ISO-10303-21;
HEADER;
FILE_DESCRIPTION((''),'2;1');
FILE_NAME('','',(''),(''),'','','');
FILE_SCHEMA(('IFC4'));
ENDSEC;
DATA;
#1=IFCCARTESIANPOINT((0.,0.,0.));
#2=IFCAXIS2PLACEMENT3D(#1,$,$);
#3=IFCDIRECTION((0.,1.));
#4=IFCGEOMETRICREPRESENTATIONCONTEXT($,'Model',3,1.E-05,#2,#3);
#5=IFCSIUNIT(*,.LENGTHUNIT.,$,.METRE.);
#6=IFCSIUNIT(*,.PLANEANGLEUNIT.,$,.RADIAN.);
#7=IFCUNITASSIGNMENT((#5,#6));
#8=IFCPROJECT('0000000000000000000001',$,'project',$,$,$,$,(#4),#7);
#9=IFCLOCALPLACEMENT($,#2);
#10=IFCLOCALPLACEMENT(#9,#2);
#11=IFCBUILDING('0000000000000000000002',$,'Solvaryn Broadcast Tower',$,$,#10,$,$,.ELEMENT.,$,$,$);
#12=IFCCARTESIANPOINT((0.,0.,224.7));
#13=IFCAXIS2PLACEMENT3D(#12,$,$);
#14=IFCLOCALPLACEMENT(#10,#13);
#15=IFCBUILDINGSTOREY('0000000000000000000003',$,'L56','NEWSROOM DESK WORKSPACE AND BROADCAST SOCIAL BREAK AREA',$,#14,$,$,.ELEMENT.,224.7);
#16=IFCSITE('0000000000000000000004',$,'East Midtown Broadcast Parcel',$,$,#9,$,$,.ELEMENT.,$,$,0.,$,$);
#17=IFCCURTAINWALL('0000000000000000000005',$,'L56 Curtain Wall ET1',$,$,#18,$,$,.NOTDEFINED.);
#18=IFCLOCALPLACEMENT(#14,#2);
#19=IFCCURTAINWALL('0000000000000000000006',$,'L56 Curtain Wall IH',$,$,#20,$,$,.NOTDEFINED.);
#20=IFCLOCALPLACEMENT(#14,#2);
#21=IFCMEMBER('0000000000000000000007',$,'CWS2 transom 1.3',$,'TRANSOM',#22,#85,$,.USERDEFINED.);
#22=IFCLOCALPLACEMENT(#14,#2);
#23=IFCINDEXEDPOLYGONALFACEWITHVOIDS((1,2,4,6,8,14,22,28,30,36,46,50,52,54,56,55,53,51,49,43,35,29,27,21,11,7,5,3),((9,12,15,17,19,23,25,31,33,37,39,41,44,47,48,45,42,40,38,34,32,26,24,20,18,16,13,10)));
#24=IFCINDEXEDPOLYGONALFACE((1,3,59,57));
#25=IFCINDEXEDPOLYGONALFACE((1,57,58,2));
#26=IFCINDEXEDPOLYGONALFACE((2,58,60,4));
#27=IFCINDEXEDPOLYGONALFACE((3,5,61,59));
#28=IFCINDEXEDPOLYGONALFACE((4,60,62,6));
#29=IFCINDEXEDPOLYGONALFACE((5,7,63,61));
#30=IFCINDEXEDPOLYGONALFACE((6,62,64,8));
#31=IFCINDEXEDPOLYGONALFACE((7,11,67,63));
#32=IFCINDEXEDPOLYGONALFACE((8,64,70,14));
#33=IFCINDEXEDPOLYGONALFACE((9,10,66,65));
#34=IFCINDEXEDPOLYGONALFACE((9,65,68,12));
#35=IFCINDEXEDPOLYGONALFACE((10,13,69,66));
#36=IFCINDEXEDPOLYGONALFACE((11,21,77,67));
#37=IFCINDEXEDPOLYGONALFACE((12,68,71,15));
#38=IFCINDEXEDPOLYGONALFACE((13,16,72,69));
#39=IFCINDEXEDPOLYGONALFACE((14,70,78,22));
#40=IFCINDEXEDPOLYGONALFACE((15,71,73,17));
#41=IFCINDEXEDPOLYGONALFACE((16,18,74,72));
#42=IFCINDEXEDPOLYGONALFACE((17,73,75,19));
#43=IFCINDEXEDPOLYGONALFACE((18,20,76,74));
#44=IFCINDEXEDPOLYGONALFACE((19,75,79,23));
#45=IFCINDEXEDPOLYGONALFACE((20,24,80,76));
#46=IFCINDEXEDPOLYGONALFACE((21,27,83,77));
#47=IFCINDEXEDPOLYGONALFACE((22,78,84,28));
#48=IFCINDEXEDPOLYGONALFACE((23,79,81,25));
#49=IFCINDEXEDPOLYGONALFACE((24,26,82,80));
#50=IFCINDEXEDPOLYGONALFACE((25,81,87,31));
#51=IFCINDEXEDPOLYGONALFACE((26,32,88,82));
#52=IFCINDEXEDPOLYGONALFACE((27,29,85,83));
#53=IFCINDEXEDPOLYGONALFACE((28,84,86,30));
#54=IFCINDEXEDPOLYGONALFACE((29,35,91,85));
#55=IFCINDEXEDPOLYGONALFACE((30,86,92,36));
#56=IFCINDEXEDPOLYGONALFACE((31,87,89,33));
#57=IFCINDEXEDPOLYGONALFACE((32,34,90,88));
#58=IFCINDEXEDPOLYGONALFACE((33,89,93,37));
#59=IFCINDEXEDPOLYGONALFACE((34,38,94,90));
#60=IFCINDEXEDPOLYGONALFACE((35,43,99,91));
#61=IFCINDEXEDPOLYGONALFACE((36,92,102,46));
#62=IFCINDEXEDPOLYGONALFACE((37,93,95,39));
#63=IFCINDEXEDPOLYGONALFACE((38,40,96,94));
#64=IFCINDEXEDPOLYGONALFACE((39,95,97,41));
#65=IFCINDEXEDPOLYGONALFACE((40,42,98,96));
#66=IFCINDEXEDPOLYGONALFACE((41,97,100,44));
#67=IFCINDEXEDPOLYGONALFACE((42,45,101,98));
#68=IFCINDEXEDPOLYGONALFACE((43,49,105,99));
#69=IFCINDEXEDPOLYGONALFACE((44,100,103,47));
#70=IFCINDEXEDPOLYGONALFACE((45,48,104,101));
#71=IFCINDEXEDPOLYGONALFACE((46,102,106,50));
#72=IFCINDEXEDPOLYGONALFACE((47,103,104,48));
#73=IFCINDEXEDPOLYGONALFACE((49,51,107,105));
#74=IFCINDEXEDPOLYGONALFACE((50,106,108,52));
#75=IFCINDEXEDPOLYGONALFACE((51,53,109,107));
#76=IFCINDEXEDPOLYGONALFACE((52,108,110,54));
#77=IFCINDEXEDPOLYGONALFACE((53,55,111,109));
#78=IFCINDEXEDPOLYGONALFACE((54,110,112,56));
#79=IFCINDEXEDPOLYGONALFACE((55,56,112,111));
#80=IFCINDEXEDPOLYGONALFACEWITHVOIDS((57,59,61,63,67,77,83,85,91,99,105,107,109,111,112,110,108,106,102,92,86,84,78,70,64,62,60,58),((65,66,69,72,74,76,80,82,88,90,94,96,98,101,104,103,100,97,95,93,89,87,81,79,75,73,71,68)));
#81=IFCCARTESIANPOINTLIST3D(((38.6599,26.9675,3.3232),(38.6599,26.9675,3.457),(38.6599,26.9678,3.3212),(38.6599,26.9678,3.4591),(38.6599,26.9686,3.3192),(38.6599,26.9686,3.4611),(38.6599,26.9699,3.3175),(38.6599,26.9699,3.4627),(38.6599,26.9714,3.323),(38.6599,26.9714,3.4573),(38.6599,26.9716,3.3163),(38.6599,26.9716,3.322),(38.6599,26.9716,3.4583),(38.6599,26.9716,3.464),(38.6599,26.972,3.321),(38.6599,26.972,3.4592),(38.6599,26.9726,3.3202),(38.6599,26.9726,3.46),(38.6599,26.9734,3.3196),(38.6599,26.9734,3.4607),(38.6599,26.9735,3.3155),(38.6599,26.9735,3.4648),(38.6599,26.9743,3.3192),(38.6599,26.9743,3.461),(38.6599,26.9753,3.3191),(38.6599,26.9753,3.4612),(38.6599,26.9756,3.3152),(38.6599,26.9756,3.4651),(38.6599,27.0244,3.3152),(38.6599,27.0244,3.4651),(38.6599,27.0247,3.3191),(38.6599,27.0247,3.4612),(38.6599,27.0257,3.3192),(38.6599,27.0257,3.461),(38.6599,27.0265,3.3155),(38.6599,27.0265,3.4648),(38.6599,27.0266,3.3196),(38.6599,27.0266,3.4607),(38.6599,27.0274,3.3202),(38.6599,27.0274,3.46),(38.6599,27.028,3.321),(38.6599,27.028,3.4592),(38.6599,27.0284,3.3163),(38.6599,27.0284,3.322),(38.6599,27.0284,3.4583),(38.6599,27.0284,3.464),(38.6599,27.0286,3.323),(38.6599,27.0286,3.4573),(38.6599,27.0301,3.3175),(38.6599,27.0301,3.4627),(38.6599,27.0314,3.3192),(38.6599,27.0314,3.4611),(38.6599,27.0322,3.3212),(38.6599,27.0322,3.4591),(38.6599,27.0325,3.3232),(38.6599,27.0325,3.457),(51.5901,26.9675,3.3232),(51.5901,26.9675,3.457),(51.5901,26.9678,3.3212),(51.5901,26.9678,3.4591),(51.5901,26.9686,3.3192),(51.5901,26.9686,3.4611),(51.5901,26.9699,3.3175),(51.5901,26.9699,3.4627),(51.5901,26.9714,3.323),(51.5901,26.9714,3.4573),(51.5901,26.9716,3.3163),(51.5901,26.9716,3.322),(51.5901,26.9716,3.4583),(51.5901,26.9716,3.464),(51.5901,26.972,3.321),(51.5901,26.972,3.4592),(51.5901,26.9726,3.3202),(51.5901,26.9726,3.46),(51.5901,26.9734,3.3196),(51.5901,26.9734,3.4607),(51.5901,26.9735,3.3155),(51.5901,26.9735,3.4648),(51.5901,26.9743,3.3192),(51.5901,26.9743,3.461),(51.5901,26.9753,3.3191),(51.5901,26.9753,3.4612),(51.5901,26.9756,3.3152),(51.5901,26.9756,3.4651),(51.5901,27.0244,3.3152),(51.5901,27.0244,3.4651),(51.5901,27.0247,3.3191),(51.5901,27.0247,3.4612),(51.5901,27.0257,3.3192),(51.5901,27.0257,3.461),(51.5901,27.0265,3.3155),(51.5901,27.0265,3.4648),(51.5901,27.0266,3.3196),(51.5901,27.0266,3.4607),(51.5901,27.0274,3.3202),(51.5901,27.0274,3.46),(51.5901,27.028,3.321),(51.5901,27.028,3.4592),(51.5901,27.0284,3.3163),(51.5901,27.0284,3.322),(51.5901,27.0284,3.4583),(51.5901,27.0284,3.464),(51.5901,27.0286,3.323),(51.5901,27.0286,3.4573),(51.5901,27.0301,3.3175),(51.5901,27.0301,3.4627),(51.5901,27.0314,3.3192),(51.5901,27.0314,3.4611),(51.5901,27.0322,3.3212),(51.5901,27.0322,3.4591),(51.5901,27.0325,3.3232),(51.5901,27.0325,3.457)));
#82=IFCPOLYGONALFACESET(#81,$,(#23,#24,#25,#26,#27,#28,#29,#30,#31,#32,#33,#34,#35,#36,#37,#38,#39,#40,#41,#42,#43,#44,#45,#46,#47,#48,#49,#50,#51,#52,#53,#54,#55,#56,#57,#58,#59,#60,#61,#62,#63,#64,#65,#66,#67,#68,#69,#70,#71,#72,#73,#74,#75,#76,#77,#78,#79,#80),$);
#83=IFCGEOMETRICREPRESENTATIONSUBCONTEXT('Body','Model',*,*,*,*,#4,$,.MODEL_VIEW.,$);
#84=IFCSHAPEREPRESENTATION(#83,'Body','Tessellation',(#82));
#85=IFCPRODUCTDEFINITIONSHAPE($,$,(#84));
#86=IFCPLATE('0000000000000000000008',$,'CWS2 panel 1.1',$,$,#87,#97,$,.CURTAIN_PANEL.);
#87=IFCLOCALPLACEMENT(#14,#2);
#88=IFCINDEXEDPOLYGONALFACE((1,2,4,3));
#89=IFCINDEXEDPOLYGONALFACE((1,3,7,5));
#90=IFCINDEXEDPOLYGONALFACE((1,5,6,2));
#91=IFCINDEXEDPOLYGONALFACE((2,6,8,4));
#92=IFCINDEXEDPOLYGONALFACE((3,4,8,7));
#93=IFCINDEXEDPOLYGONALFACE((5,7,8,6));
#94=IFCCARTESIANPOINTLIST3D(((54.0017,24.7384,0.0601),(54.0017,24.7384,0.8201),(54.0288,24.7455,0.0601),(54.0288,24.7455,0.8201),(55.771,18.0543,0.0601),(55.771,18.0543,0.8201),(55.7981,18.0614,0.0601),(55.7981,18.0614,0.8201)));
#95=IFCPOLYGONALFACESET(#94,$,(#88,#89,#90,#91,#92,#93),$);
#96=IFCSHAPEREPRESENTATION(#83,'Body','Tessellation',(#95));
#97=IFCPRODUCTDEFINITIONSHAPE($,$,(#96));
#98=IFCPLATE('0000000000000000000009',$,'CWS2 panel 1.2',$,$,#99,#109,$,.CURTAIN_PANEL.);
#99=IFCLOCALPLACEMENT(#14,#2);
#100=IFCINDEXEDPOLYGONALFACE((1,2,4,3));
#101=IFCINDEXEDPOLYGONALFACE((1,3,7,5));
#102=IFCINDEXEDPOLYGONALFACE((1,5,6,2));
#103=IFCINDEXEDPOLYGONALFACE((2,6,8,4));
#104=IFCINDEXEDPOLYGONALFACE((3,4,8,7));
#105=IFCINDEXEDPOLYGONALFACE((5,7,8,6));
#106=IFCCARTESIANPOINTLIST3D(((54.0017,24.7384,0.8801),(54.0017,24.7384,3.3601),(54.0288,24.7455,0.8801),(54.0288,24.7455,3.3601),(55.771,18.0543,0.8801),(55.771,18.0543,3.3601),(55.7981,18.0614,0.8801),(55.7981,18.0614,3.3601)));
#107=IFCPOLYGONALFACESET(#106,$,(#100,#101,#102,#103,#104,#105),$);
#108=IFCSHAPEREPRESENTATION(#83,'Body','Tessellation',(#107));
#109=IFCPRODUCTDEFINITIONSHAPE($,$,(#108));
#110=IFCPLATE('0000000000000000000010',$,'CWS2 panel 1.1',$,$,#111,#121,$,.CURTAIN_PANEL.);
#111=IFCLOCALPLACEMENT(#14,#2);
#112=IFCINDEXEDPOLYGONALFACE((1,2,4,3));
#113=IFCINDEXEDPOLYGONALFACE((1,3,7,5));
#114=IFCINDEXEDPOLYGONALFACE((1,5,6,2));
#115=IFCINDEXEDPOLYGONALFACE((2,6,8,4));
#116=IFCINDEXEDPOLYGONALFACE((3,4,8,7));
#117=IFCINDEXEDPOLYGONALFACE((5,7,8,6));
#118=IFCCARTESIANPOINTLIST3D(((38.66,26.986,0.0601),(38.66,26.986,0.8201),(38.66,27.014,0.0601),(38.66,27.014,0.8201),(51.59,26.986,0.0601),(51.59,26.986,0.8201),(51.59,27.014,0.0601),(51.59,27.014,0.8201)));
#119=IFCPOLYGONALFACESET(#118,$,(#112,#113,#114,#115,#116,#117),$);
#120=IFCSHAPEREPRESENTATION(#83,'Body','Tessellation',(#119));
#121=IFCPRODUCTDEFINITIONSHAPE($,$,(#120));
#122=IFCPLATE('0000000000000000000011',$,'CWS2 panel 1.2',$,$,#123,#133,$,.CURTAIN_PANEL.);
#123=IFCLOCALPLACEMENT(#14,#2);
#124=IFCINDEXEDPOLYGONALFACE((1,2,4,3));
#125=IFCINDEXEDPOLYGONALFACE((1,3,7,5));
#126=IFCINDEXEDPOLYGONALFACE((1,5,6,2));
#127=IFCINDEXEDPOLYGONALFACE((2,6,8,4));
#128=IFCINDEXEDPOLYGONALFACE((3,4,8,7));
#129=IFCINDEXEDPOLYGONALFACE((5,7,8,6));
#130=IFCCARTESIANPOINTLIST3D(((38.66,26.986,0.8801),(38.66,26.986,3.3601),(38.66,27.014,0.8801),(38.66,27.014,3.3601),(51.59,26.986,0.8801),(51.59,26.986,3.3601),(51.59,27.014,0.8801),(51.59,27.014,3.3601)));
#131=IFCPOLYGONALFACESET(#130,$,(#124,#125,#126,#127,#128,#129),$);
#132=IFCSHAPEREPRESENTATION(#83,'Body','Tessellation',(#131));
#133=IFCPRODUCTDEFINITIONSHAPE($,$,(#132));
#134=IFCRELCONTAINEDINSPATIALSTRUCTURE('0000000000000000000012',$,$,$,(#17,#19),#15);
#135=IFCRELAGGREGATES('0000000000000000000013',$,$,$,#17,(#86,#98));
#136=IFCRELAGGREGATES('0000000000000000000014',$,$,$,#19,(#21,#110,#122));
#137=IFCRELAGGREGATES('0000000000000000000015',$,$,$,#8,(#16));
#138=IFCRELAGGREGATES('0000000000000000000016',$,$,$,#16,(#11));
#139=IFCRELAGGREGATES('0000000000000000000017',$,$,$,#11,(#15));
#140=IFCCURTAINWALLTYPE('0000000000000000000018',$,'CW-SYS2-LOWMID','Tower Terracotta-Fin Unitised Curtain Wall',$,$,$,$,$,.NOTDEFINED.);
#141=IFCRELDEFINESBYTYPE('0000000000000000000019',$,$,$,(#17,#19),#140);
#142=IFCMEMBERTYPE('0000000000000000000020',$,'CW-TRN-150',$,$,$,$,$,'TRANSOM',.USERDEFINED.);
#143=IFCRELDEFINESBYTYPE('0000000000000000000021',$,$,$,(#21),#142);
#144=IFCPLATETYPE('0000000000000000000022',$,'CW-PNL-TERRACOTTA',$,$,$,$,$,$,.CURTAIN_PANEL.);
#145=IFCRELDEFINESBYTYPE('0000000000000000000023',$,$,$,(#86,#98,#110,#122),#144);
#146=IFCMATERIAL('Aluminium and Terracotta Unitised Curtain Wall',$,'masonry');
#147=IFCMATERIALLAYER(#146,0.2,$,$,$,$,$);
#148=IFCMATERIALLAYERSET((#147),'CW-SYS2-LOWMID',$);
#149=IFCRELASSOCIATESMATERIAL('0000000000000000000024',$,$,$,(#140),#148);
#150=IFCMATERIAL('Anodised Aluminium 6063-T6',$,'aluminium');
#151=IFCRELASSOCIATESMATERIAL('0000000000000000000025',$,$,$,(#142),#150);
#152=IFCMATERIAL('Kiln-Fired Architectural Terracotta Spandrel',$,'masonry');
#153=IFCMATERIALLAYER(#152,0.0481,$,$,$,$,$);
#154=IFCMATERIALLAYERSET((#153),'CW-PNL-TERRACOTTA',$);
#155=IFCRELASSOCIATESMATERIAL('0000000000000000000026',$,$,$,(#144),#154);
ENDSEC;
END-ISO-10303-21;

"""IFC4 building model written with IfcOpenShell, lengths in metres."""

from ifc_helpers import new_model, si_unit, direction, frame, origin, origin_2d, place, context, subcontext, project, spatial, rectangle, hollow_rectangle, extrude, material, layer, layer_set, material_profile, profile_set, type_object, element, aggregate, save


model = new_model("IFC4")

# Units and contexts
model_context = context("Model", 3, precision=1e-05, world=origin(), true_north=direction((0.0, 1.0)))
body_context = subcontext(model_context, "Body", "Model", "MODEL_VIEW")
ifc_project = project(units=[si_unit("LENGTHUNIT", "METRE"), si_unit("PLANEANGLEUNIT", "RADIAN")], contexts=[model_context])

# Site, building, storey
site_placement = place(None, origin())
site = spatial("IfcSite", under=ifc_project, at=site_placement, Name="East Midtown Broadcast Parcel", CompositionType="ELEMENT", RefElevation=0.0)
building_placement = place(site_placement, origin())
building = spatial("IfcBuilding", under=site, at=building_placement, Name="Solvaryn Broadcast Tower", CompositionType="ELEMENT")
storey_placement = place(building_placement, frame((0.0, 0.0, 224.7)))
storey = spatial("IfcBuildingStorey", under=building, at=storey_placement, Name="L56", Description="NEWSROOM DESK WORKSPACE AND BROADCAST SOCIAL BREAK AREA", CompositionType="ELEMENT", Elevation=224.7)

# Curtain walls
ifc_material_1 = material(Name="Aluminium and Terracotta Unitised Curtain Wall", Category="masonry")
ifc_layer_1 = layer(ifc_material_1, 0.2)
ifc_layer_set_1 = layer_set([ifc_layer_1], Name="CW-SYS2-LOWMID")
curtain_wall_type = type_object("IfcCurtainWallType", Name="CW-SYS2-LOWMID", Description="Tower Terracotta-Fin Unitised Curtain Wall", PredefinedType="NOTDEFINED", material=ifc_layer_set_1)
curtain_wall_1_placement = place(storey_placement, origin())
curtain_wall_1 = element("IfcCurtainWall", 1, at=curtain_wall_1_placement, inside=storey, type_object=curtain_wall_type, Name="L56 Curtain Wall ET1", PredefinedType="NOTDEFINED")
curtain_wall_2_placement = place(storey_placement, origin())
curtain_wall_2 = element("IfcCurtainWall", 2, at=curtain_wall_2_placement, inside=storey, type_object=curtain_wall_type, Name="L56 Curtain Wall IH", PredefinedType="NOTDEFINED")

# Member
ifc_material_2 = material(Name="Anodised Aluminium 6063-T6", Category="aluminium")
ifc_material_profile_1 = material_profile(ifc_material_2, hollow_rectangle(XDim=0.0649, YDim=0.1499, WallThickness=0.0039, InnerFilletRadius=0.0039, OuterFilletRadius=0.0081, at=origin_2d()))
ifc_profile_set_1 = profile_set([ifc_material_profile_1], Name="Anodised Aluminium 6063-T6")
member_type_1 = type_object("IfcMemberType", Name="CW-TRN-150", ElementType="TRANSOM", PredefinedType="USERDEFINED", material=ifc_profile_set_1)
member_1_placement = place(storey_placement, frame((38.6599, 27.0, 3.3901), z_axis=(1.0, 0.0, 0.0), x_axis=(0.0, 1.0, 0.0)))
member_1 = element("IfcMember", 3, at=member_1_placement, type_object=member_type_1, Name="CWS2 transom 1.3", ObjectType="TRANSOM", PredefinedType="USERDEFINED", context=body_context, shape_type="SweptSolid", body=[
    extrude(hollow_rectangle(XDim=0.0649, YDim=0.1499, WallThickness=0.0039, InnerFilletRadius=0.0039, OuterFilletRadius=0.0081, at=origin_2d()), origin(), (0.0, 0.0, 1.0), 12.9302),
])

# Plates
ifc_material_3 = material(Name="Kiln-Fired Architectural Terracotta Spandrel", Category="masonry")
ifc_layer_2 = layer(ifc_material_3, 0.0481)
ifc_layer_set_2 = layer_set([ifc_layer_2], Name="CW-PNL-TERRACOTTA")
plate_type = type_object("IfcPlateType", Name="CW-PNL-TERRACOTTA", PredefinedType="CURTAIN_PANEL", material=ifc_layer_set_2)
plate_1_placement = place(storey_placement, frame((54.8999, 21.3999, 0.0601), z_axis=(0.0, 0.0, 1.0), x_axis=(0.255893, -0.966705, 0.0)))
plate_1 = element("IfcPlate", 4, at=plate_1_placement, type_object=plate_type, Name="CWS2 panel 1.1", PredefinedType="CURTAIN_PANEL", context=body_context, shape_type="SweptSolid", body=[
    extrude(rectangle(XDim=6.9143, YDim=0.0281, at=origin_2d()), origin(), (0.0, 0.0, 1.0), 0.76),
])
plate_2_placement = place(storey_placement, frame((54.8999, 21.3999, 0.8801), z_axis=(0.0, 0.0, 1.0), x_axis=(0.255893, -0.966705, 0.0)))
plate_2 = element("IfcPlate", 5, at=plate_2_placement, type_object=plate_type, Name="CWS2 panel 1.2", PredefinedType="CURTAIN_PANEL", context=body_context, shape_type="SweptSolid", body=[
    extrude(rectangle(XDim=6.9143, YDim=0.0281, at=origin_2d()), origin(), (0.0, 0.0, 1.0), 2.48),
])
aggregate(curtain_wall_1, [plate_1, plate_2])
plate_3_placement = place(storey_placement, frame((45.125, 27.0, 0.0601), z_axis=(0.0, 0.0, 1.0), x_axis=(1.0, 0.0, 0.0)))
plate_3 = element("IfcPlate", 6, at=plate_3_placement, type_object=plate_type, Name="CWS2 panel 1.1", PredefinedType="CURTAIN_PANEL", context=body_context, shape_type="SweptSolid", body=[
    extrude(rectangle(XDim=12.9299, YDim=0.0281, at=origin_2d()), origin(), (0.0, 0.0, 1.0), 0.76),
])
plate_4_placement = place(storey_placement, frame((45.125, 27.0, 0.8801), z_axis=(0.0, 0.0, 1.0), x_axis=(1.0, 0.0, 0.0)))
plate_4 = element("IfcPlate", 7, at=plate_4_placement, type_object=plate_type, Name="CWS2 panel 1.2", PredefinedType="CURTAIN_PANEL", context=body_context, shape_type="SweptSolid", body=[
    extrude(rectangle(XDim=12.9299, YDim=0.0281, at=origin_2d()), origin(), (0.0, 0.0, 1.0), 2.48),
])
aggregate(curtain_wall_2, [member_1, plate_3, plate_4])

save(model, "model.ifc")
